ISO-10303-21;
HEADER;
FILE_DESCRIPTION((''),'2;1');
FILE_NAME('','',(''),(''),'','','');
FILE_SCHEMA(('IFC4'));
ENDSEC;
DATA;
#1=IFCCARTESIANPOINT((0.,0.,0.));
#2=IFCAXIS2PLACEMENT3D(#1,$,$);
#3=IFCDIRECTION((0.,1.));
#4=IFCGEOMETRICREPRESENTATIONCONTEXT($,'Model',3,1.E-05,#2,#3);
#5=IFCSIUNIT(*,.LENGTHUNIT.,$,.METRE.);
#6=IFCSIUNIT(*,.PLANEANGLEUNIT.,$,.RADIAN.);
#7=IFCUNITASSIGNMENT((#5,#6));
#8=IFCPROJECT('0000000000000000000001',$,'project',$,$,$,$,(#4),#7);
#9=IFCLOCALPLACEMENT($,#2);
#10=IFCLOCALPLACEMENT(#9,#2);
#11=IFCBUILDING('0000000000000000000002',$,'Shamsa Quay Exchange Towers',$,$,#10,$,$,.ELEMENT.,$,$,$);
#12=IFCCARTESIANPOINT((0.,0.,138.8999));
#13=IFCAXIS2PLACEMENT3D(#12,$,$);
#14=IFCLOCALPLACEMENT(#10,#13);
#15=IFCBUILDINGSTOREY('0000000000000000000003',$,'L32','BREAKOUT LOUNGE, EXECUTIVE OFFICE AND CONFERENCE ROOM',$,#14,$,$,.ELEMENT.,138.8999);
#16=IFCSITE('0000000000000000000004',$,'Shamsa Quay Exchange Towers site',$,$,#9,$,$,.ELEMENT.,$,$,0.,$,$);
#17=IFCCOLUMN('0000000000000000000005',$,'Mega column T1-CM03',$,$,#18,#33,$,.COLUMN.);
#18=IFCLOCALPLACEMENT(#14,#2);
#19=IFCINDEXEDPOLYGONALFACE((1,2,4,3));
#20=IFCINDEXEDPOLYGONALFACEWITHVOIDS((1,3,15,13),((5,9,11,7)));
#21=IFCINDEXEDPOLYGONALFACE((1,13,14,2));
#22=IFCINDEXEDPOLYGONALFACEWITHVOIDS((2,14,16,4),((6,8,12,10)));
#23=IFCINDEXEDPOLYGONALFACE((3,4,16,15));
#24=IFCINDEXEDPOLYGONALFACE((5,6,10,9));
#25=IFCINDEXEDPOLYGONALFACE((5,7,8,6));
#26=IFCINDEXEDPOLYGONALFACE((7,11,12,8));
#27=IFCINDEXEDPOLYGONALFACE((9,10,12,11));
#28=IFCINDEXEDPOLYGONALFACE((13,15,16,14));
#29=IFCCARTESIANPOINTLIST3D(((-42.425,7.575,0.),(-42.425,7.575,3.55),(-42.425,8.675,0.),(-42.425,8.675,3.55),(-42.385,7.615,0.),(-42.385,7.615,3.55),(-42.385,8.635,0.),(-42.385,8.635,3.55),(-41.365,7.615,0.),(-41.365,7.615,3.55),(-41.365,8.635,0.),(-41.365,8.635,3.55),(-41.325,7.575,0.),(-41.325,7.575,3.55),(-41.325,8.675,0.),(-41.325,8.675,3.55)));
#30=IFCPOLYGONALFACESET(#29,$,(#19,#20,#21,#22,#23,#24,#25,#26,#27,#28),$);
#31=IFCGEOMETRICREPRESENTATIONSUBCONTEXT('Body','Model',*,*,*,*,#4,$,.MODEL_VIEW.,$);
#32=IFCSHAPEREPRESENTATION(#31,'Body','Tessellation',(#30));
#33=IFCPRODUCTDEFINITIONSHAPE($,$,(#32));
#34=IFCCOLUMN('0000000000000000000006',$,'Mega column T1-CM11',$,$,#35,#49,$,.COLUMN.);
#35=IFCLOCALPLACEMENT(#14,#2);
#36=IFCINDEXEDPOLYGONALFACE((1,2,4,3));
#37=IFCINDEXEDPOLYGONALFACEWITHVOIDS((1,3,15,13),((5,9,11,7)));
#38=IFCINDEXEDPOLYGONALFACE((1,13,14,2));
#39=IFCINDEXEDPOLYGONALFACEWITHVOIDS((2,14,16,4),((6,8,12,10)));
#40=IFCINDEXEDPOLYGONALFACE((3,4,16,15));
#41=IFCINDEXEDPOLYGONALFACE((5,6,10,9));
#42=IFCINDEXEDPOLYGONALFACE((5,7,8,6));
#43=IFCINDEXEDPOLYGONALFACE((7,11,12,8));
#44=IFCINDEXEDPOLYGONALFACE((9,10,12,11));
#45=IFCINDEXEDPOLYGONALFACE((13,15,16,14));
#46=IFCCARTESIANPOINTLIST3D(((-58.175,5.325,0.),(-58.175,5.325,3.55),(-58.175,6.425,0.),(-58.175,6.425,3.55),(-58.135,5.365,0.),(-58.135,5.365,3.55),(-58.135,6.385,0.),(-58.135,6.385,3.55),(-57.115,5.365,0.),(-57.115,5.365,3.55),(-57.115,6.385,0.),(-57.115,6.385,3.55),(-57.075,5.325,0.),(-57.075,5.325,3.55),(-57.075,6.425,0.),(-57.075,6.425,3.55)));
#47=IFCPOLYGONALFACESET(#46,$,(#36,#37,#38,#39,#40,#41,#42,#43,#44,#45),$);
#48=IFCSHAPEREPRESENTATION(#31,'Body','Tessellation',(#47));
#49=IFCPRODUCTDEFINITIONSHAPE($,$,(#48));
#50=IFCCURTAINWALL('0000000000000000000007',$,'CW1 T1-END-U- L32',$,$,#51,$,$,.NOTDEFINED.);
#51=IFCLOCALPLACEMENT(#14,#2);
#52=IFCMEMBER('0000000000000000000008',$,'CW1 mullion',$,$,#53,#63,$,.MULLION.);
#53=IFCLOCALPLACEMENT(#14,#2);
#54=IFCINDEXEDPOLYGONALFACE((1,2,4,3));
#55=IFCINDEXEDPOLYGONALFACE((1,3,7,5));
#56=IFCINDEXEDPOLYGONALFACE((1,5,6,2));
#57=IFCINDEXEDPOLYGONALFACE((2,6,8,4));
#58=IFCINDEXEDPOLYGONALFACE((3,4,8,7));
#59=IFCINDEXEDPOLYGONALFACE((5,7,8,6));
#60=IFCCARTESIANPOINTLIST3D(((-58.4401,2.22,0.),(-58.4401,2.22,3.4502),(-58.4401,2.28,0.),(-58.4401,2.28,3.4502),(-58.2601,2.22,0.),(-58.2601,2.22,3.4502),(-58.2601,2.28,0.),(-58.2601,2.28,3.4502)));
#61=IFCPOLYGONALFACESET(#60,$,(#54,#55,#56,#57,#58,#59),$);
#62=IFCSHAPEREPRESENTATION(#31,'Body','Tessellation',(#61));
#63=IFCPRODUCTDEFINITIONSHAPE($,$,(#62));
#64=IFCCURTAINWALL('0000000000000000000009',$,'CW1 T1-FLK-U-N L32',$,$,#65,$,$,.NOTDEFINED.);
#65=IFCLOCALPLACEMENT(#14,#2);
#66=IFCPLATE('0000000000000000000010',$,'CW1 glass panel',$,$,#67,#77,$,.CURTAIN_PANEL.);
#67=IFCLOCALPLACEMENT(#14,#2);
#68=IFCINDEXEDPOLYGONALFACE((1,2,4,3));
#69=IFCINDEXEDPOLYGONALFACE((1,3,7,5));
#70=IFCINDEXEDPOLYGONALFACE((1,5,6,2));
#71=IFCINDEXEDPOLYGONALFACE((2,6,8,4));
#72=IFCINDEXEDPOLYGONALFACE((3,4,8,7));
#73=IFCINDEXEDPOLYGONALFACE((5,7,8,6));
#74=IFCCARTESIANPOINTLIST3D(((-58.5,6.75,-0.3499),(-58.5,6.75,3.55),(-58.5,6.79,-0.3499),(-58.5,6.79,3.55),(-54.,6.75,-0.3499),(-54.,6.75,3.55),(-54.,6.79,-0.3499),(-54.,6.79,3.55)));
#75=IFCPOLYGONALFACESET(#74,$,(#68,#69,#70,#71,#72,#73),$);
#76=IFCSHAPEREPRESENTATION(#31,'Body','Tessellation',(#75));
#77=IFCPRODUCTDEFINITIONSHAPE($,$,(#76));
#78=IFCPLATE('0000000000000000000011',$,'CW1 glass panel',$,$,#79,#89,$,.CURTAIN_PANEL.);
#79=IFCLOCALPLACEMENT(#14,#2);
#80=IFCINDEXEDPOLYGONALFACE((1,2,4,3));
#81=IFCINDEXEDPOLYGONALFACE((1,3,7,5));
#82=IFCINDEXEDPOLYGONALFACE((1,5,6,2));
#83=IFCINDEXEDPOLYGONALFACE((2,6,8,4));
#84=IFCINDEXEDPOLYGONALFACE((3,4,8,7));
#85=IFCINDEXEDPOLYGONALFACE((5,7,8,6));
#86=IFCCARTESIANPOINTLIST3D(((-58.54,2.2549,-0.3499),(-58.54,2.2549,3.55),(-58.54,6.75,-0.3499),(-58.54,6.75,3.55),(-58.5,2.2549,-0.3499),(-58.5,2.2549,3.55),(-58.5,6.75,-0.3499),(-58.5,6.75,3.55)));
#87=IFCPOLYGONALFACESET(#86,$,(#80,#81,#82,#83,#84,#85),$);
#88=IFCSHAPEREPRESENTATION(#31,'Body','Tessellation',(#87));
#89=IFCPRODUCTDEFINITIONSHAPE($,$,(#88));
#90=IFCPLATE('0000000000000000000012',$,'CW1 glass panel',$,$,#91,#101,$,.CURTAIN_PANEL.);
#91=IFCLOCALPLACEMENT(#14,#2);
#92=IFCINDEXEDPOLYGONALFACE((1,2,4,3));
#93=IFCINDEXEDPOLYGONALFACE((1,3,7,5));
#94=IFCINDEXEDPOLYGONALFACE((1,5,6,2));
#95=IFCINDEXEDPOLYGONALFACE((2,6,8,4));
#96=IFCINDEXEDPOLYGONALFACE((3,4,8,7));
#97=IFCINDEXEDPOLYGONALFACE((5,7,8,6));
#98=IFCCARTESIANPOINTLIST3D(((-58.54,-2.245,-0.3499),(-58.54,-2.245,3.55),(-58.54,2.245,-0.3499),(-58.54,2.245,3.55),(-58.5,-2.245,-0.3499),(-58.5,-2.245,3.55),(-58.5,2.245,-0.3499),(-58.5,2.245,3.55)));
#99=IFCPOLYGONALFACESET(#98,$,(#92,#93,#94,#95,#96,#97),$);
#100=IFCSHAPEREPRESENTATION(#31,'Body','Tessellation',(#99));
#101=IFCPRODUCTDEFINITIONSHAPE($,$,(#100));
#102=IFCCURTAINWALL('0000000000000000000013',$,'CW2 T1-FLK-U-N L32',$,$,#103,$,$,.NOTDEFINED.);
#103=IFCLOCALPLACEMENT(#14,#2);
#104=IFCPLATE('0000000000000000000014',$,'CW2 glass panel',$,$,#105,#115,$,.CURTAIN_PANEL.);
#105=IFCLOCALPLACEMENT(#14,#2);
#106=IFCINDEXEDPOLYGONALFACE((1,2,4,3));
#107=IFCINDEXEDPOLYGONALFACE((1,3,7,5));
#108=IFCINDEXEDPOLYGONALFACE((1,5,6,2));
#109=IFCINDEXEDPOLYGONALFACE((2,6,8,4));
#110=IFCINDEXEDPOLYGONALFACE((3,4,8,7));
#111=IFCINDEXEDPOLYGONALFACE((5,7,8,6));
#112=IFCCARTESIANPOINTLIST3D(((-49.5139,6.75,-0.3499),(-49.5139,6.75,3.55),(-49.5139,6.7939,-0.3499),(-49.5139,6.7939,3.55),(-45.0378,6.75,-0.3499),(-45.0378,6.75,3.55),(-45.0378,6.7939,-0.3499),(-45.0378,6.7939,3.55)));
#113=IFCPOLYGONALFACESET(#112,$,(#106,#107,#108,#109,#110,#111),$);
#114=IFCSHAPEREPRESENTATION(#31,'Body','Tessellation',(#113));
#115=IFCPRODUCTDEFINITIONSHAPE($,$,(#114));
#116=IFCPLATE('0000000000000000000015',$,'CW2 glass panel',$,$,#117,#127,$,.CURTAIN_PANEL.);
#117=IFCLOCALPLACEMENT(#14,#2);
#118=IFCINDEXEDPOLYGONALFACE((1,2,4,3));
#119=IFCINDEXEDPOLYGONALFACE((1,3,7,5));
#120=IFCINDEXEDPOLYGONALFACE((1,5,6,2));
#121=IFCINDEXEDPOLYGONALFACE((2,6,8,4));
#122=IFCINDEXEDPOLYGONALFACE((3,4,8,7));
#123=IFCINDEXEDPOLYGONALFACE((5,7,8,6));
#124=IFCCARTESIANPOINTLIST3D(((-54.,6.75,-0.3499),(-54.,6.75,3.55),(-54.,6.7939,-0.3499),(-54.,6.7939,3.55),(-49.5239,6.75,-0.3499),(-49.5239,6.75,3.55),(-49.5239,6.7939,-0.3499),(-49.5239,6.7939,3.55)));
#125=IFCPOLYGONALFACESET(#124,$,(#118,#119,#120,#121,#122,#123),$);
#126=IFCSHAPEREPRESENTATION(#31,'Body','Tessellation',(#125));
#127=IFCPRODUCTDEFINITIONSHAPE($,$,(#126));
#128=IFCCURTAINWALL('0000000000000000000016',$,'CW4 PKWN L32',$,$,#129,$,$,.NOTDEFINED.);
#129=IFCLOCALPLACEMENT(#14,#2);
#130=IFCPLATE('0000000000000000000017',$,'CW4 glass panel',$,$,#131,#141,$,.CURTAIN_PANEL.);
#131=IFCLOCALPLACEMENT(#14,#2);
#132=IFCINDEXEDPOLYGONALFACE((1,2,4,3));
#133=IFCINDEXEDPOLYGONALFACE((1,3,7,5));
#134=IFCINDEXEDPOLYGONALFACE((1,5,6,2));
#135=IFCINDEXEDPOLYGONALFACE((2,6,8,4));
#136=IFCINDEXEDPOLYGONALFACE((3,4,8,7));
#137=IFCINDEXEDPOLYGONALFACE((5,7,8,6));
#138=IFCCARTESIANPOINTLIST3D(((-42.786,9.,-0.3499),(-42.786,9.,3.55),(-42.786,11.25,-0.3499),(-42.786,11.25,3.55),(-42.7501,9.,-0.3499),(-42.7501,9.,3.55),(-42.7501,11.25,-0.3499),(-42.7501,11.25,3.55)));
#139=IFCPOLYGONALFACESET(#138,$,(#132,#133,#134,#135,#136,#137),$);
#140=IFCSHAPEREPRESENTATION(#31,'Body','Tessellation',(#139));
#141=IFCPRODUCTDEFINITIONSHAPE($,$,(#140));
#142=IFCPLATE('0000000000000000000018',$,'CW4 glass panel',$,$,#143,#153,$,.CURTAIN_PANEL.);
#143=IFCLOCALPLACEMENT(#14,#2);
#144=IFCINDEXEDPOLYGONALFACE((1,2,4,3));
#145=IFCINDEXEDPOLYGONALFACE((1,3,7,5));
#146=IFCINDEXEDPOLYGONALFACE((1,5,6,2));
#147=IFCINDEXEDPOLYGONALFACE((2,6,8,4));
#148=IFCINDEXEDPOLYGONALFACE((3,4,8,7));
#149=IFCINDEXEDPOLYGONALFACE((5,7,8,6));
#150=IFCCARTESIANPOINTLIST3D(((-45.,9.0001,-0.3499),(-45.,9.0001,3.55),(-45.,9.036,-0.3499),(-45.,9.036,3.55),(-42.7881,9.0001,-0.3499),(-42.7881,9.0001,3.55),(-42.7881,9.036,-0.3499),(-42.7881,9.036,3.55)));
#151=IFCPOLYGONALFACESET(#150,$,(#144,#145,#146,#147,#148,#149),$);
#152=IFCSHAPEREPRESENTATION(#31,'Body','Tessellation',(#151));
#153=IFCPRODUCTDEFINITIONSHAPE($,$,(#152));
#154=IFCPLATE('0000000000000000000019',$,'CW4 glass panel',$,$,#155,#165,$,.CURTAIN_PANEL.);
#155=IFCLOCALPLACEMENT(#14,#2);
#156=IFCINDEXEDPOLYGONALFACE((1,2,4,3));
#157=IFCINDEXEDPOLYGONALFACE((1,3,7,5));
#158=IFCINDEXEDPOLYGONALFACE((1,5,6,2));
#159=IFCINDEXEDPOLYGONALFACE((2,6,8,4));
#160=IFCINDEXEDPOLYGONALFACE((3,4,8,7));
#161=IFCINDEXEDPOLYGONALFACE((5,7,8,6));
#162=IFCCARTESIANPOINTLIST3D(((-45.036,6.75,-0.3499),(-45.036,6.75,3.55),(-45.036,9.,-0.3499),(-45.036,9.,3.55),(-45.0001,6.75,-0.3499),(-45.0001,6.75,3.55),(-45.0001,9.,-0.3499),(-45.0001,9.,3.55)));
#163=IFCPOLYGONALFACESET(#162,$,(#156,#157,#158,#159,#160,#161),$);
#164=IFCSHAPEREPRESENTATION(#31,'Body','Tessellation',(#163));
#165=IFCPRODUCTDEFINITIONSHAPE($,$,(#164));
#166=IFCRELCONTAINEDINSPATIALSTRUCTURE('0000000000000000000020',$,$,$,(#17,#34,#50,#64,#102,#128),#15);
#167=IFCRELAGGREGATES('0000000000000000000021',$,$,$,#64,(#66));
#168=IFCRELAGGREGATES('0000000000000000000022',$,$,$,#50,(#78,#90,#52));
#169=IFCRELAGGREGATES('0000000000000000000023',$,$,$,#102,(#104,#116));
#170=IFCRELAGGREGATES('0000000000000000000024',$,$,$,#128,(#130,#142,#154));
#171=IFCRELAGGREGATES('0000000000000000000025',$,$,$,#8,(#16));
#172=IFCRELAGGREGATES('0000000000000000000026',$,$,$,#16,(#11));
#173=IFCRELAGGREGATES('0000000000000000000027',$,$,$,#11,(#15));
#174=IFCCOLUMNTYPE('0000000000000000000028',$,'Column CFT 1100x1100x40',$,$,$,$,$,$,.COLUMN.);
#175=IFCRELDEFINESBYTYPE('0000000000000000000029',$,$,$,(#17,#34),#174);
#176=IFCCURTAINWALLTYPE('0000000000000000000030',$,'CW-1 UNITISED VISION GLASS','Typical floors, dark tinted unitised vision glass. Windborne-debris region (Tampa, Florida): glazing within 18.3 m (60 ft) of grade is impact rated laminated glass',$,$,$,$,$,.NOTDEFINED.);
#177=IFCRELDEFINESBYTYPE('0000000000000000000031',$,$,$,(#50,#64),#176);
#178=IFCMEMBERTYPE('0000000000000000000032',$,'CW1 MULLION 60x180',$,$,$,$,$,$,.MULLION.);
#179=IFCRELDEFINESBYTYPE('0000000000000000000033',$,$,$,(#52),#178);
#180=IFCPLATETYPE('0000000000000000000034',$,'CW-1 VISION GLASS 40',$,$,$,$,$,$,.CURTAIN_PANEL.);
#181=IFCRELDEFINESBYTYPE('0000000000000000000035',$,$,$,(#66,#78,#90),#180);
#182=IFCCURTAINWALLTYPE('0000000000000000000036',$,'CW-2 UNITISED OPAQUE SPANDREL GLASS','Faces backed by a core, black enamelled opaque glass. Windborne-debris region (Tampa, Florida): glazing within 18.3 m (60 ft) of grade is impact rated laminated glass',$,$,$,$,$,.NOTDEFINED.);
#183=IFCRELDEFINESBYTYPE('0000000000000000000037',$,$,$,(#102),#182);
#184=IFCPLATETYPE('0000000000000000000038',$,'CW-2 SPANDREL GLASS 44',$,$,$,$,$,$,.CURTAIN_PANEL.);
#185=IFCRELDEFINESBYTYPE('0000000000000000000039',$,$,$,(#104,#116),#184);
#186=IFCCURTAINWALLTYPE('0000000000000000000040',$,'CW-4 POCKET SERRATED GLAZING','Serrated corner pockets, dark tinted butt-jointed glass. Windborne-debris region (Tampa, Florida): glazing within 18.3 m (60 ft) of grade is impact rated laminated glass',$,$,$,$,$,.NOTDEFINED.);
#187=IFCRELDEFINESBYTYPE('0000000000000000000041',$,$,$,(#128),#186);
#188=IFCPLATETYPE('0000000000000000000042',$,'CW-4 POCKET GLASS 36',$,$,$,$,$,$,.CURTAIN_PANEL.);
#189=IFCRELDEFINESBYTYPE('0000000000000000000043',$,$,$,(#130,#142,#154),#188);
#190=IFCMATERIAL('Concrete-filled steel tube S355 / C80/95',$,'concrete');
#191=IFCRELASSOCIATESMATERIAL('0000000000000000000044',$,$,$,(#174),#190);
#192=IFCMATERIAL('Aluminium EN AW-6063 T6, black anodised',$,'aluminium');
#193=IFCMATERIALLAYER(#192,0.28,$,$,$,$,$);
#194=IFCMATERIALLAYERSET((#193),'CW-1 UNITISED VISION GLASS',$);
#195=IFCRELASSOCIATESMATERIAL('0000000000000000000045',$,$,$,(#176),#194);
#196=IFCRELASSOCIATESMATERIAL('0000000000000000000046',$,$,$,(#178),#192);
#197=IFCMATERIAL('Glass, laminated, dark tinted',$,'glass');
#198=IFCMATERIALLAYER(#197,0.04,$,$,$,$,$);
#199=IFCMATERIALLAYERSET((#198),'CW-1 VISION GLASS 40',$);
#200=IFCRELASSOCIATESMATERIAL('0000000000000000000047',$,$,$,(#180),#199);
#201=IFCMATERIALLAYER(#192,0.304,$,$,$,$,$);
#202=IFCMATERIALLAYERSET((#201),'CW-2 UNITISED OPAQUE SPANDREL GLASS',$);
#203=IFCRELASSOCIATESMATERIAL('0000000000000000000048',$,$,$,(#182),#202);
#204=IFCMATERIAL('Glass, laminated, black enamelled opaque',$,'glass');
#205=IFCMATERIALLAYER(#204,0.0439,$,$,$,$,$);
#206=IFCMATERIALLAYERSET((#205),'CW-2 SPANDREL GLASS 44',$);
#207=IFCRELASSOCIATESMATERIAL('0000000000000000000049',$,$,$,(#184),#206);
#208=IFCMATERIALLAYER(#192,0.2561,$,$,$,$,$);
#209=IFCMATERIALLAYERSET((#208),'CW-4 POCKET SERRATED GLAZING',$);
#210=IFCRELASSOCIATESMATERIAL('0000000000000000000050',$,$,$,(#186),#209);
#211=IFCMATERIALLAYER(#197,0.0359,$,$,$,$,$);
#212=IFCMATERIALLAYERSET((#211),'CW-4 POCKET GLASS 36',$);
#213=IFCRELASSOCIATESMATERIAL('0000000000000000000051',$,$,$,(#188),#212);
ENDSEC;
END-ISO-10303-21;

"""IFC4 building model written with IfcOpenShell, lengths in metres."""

from ifc_helpers import new_model, si_unit, direction, frame, origin, origin_2d, place, context, subcontext, project, spatial, rectangle, hollow_rectangle, extrude, material, layer, layer_set, material_profile, profile_set, type_object, element, aggregate, save


model = new_model("IFC4")

# Units and contexts
model_context = context("Model", 3, precision=1e-05, world=origin(), true_north=direction((0.0, 1.0)))
body_context = subcontext(model_context, "Body", "Model", "MODEL_VIEW")
ifc_project = project(units=[si_unit("LENGTHUNIT", "METRE"), si_unit("PLANEANGLEUNIT", "RADIAN")], contexts=[model_context])

# Site, building, storey
site_placement = place(None, origin())
site = spatial("IfcSite", under=ifc_project, at=site_placement, Name="Shamsa Quay Exchange Towers site", CompositionType="ELEMENT", RefElevation=0.0)
building_placement = place(site_placement, origin())
building = spatial("IfcBuilding", under=site, at=building_placement, Name="Shamsa Quay Exchange Towers", CompositionType="ELEMENT")
storey_placement = place(building_placement, frame((0.0, 0.0, 138.8999)))
storey = spatial("IfcBuildingStorey", under=building, at=storey_placement, Name="L32", Description="BREAKOUT LOUNGE, EXECUTIVE OFFICE AND CONFERENCE ROOM", CompositionType="ELEMENT", Elevation=138.8999)

# Columns
ifc_material_1 = material(Name="Concrete-filled steel tube S355 / C80/95", Category="concrete")
ifc_material_profile_1 = material_profile(ifc_material_1, hollow_rectangle(XDim=1.1001, YDim=1.1001, WallThickness=0.04, at=origin_2d()), Name="CFT 1100x1100x40")
ifc_profile_set_1 = profile_set([ifc_material_profile_1], Name="Concrete-filled steel tube S355 / C80/95")
column_type = type_object("IfcColumnType", Name="Column CFT 1100x1100x40", PredefinedType="COLUMN", material=ifc_profile_set_1)
for number, where, name in (
    (1, (-41.875, 8.125, 0.0), "Mega column T1-CM03"),
    (2, (-57.625, 5.875, 0.0), "Mega column T1-CM11"),
):
    element("IfcColumn", number, at=place(storey_placement, frame(where)), inside=storey, type_object=column_type, Name=name, PredefinedType="COLUMN", context=body_context, shape_type="SweptSolid", body=[
        extrude(hollow_rectangle(XDim=1.1001, YDim=1.1001, WallThickness=0.04, at=origin_2d()), origin(), (0.0, 0.0, 1.0), 3.55),
    ])

# Curtain wall, member
ifc_material_2 = material(Name="Aluminium EN AW-6063 T6, black anodised", Category="aluminium")
ifc_layer_1 = layer(ifc_material_2, 0.28)
ifc_layer_set_1 = layer_set([ifc_layer_1], Name="CW-1 UNITISED VISION GLASS")
curtain_wall_type_1 = type_object("IfcCurtainWallType", Name="CW-1 UNITISED VISION GLASS", Description="Typical floors, dark tinted unitised vision glass. Windborne-debris region (Tampa, Florida): glazing within 18.3 m (60 ft) of grade is impact rated laminated glass", PredefinedType="NOTDEFINED", material=ifc_layer_set_1)
curtain_wall_1_placement = place(storey_placement, origin())
curtain_wall_1 = element("IfcCurtainWall", 3, at=curtain_wall_1_placement, inside=storey, type_object=curtain_wall_type_1, Name="CW1 T1-END-U- L32", PredefinedType="NOTDEFINED")
ifc_material_profile_2 = material_profile(ifc_material_2, rectangle(XDim=0.1799, YDim=0.0601, at=origin_2d()), Name="MU60x180")
ifc_profile_set_2 = profile_set([ifc_material_profile_2], Name="Aluminium EN AW-6063 T6, black anodised")
member_type = type_object("IfcMemberType", Name="CW1 MULLION 60x180", PredefinedType="MULLION", material=ifc_profile_set_2)
member_placement = place(storey_placement, frame((-58.3501, 2.25, 0.0)))
member = element("IfcMember", 4, at=member_placement, type_object=member_type, Name="CW1 mullion", PredefinedType="MULLION", context=body_context, shape_type="SweptSolid", body=[
    extrude(rectangle(XDim=0.1799, YDim=0.0601, at=origin_2d()), origin(), (0.0, 0.0, 1.0), 3.4502),
])

# Curtain wall, plate
curtain_wall_2_placement = place(storey_placement, origin())
curtain_wall_2 = element("IfcCurtainWall", 5, at=curtain_wall_2_placement, inside=storey, type_object=curtain_wall_type_1, Name="CW1 T1-FLK-U-N L32", PredefinedType="NOTDEFINED")
ifc_material_3 = material(Name="Glass, laminated, dark tinted", Category="glass")
ifc_layer_2 = layer(ifc_material_3, 0.04)
ifc_layer_set_2 = layer_set([ifc_layer_2], Name="CW-1 VISION GLASS 40")
plate_type_1 = type_object("IfcPlateType", Name="CW-1 VISION GLASS 40", PredefinedType="CURTAIN_PANEL", material=ifc_layer_set_2)
plate_1_placement = place(storey_placement, frame((-56.25, 6.77, -0.3499), z_axis=(0.0, 0.0, 1.0), x_axis=(-1.0, 0.0, 0.0)))
plate_1 = element("IfcPlate", 6, at=plate_1_placement, type_object=plate_type_1, Name="CW1 glass panel", PredefinedType="CURTAIN_PANEL", context=body_context, shape_type="SweptSolid", body=[
    extrude(rectangle(XDim=4.5, YDim=0.04, at=origin_2d()), origin(), (0.0, 0.0, 1.0), 3.8999),
])
aggregate(curtain_wall_2, [plate_1])

# Plates
plate_2_placement = place(storey_placement, frame((-58.52, 4.5024, -0.3499), z_axis=(0.0, 0.0, 1.0), x_axis=(0.0, -1.0, 0.0)))
plate_2 = element("IfcPlate", 7, at=plate_2_placement, type_object=plate_type_1, Name="CW1 glass panel", PredefinedType="CURTAIN_PANEL", context=body_context, shape_type="SweptSolid", body=[
    extrude(rectangle(XDim=4.4951, YDim=0.04, at=origin_2d()), origin(), (0.0, 0.0, 1.0), 3.8999),
])
plate_3_placement = place(storey_placement, frame((-58.52, 0.0, -0.3499), z_axis=(0.0, 0.0, 1.0), x_axis=(0.0, -1.0, 0.0)))
plate_3 = element("IfcPlate", 8, at=plate_3_placement, type_object=plate_type_1, Name="CW1 glass panel", PredefinedType="CURTAIN_PANEL", context=body_context, shape_type="SweptSolid", body=[
    extrude(rectangle(XDim=4.49, YDim=0.04, at=origin_2d()), origin(), (0.0, 0.0, 1.0), 3.8999),
])
aggregate(curtain_wall_1, [plate_2, plate_3, member])

# Curtain walls, plates
ifc_layer_3 = layer(ifc_material_2, 0.304)
ifc_layer_set_3 = layer_set([ifc_layer_3], Name="CW-2 UNITISED OPAQUE SPANDREL GLASS")
curtain_wall_type_2 = type_object("IfcCurtainWallType", Name="CW-2 UNITISED OPAQUE SPANDREL GLASS", Description="Faces backed by a core, black enamelled opaque glass. Windborne-debris region (Tampa, Florida): glazing within 18.3 m (60 ft) of grade is impact rated laminated glass", PredefinedType="NOTDEFINED", material=ifc_layer_set_3)
curtain_wall_3_placement = place(storey_placement, origin())
curtain_wall_3 = element("IfcCurtainWall", 9, at=curtain_wall_3_placement, inside=storey, type_object=curtain_wall_type_2, Name="CW2 T1-FLK-U-N L32", PredefinedType="NOTDEFINED")
ifc_material_4 = material(Name="Glass, laminated, black enamelled opaque", Category="glass")
ifc_layer_4 = layer(ifc_material_4, 0.0439)
ifc_layer_set_4 = layer_set([ifc_layer_4], Name="CW-2 SPANDREL GLASS 44")
plate_type_2 = type_object("IfcPlateType", Name="CW-2 SPANDREL GLASS 44", PredefinedType="CURTAIN_PANEL", material=ifc_layer_set_4)
plate_4_placement = place(storey_placement, frame((-47.2759, 6.772, -0.3499), z_axis=(0.0, 0.0, 1.0), x_axis=(-1.0, 0.0, 0.0)))
plate_4 = element("IfcPlate", 10, at=plate_4_placement, type_object=plate_type_2, Name="CW2 glass panel", PredefinedType="CURTAIN_PANEL", context=body_context, shape_type="SweptSolid", body=[
    extrude(rectangle(XDim=4.4761, YDim=0.0439, at=origin_2d()), origin(), (0.0, 0.0, 1.0), 3.8999),
])
plate_5_placement = place(storey_placement, frame((-51.762, 6.772, -0.3499), z_axis=(0.0, 0.0, 1.0), x_axis=(-1.0, 0.0, 0.0)))
plate_5 = element("IfcPlate", 11, at=plate_5_placement, type_object=plate_type_2, Name="CW2 glass panel", PredefinedType="CURTAIN_PANEL", context=body_context, shape_type="SweptSolid", body=[
    extrude(rectangle(XDim=4.4761, YDim=0.0439, at=origin_2d()), origin(), (0.0, 0.0, 1.0), 3.8999),
])
aggregate(curtain_wall_3, [plate_4, plate_5])
ifc_layer_5 = layer(ifc_material_2, 0.2561)
ifc_layer_set_5 = layer_set([ifc_layer_5], Name="CW-4 POCKET SERRATED GLAZING")
curtain_wall_type_3 = type_object("IfcCurtainWallType", Name="CW-4 POCKET SERRATED GLAZING", Description="Serrated corner pockets, dark tinted butt-jointed glass. Windborne-debris region (Tampa, Florida): glazing within 18.3 m (60 ft) of grade is impact rated laminated glass", PredefinedType="NOTDEFINED", material=ifc_layer_set_5)
curtain_wall_4_placement = place(storey_placement, origin())
curtain_wall_4 = element("IfcCurtainWall", 12, at=curtain_wall_4_placement, inside=storey, type_object=curtain_wall_type_3, Name="CW4 PKWN L32", PredefinedType="NOTDEFINED")
ifc_layer_6 = layer(ifc_material_3, 0.0359)
ifc_layer_set_6 = layer_set([ifc_layer_6], Name="CW-4 POCKET GLASS 36")
plate_type_3 = type_object("IfcPlateType", Name="CW-4 POCKET GLASS 36", PredefinedType="CURTAIN_PANEL", material=ifc_layer_set_6)
plate_6_placement = place(storey_placement, frame((-42.7681, 10.125, -0.3499), z_axis=(0.0, 0.0, 1.0), x_axis=(0.0, -1.0, 0.0)))
plate_6 = element("IfcPlate", 13, at=plate_6_placement, type_object=plate_type_3, Name="CW4 glass panel", PredefinedType="CURTAIN_PANEL", context=body_context, shape_type="SweptSolid", body=[
    extrude(rectangle(XDim=2.25, YDim=0.0359, at=origin_2d()), origin(), (0.0, 0.0, 1.0), 3.8999),
])
plate_7_placement = place(storey_placement, frame((-43.894, 9.0181, -0.3499), z_axis=(0.0, 0.0, 1.0), x_axis=(-1.0, 0.0, 0.0)))
plate_7 = element("IfcPlate", 14, at=plate_7_placement, type_object=plate_type_3, Name="CW4 glass panel", PredefinedType="CURTAIN_PANEL", context=body_context, shape_type="SweptSolid", body=[
    extrude(rectangle(XDim=2.2119, YDim=0.0359, at=origin_2d()), origin(), (0.0, 0.0, 1.0), 3.8999),
])
plate_8_placement = place(storey_placement, frame((-45.0181, 7.875, -0.3499), z_axis=(0.0, 0.0, 1.0), x_axis=(0.0, -1.0, 0.0)))
plate_8 = element("IfcPlate", 15, at=plate_8_placement, type_object=plate_type_3, Name="CW4 glass panel", PredefinedType="CURTAIN_PANEL", context=body_context, shape_type="SweptSolid", body=[
    extrude(rectangle(XDim=2.25, YDim=0.0359, at=origin_2d()), origin(), (0.0, 0.0, 1.0), 3.8999),
])
aggregate(curtain_wall_4, [plate_6, plate_7, plate_8])

save(model, "model.ifc")
